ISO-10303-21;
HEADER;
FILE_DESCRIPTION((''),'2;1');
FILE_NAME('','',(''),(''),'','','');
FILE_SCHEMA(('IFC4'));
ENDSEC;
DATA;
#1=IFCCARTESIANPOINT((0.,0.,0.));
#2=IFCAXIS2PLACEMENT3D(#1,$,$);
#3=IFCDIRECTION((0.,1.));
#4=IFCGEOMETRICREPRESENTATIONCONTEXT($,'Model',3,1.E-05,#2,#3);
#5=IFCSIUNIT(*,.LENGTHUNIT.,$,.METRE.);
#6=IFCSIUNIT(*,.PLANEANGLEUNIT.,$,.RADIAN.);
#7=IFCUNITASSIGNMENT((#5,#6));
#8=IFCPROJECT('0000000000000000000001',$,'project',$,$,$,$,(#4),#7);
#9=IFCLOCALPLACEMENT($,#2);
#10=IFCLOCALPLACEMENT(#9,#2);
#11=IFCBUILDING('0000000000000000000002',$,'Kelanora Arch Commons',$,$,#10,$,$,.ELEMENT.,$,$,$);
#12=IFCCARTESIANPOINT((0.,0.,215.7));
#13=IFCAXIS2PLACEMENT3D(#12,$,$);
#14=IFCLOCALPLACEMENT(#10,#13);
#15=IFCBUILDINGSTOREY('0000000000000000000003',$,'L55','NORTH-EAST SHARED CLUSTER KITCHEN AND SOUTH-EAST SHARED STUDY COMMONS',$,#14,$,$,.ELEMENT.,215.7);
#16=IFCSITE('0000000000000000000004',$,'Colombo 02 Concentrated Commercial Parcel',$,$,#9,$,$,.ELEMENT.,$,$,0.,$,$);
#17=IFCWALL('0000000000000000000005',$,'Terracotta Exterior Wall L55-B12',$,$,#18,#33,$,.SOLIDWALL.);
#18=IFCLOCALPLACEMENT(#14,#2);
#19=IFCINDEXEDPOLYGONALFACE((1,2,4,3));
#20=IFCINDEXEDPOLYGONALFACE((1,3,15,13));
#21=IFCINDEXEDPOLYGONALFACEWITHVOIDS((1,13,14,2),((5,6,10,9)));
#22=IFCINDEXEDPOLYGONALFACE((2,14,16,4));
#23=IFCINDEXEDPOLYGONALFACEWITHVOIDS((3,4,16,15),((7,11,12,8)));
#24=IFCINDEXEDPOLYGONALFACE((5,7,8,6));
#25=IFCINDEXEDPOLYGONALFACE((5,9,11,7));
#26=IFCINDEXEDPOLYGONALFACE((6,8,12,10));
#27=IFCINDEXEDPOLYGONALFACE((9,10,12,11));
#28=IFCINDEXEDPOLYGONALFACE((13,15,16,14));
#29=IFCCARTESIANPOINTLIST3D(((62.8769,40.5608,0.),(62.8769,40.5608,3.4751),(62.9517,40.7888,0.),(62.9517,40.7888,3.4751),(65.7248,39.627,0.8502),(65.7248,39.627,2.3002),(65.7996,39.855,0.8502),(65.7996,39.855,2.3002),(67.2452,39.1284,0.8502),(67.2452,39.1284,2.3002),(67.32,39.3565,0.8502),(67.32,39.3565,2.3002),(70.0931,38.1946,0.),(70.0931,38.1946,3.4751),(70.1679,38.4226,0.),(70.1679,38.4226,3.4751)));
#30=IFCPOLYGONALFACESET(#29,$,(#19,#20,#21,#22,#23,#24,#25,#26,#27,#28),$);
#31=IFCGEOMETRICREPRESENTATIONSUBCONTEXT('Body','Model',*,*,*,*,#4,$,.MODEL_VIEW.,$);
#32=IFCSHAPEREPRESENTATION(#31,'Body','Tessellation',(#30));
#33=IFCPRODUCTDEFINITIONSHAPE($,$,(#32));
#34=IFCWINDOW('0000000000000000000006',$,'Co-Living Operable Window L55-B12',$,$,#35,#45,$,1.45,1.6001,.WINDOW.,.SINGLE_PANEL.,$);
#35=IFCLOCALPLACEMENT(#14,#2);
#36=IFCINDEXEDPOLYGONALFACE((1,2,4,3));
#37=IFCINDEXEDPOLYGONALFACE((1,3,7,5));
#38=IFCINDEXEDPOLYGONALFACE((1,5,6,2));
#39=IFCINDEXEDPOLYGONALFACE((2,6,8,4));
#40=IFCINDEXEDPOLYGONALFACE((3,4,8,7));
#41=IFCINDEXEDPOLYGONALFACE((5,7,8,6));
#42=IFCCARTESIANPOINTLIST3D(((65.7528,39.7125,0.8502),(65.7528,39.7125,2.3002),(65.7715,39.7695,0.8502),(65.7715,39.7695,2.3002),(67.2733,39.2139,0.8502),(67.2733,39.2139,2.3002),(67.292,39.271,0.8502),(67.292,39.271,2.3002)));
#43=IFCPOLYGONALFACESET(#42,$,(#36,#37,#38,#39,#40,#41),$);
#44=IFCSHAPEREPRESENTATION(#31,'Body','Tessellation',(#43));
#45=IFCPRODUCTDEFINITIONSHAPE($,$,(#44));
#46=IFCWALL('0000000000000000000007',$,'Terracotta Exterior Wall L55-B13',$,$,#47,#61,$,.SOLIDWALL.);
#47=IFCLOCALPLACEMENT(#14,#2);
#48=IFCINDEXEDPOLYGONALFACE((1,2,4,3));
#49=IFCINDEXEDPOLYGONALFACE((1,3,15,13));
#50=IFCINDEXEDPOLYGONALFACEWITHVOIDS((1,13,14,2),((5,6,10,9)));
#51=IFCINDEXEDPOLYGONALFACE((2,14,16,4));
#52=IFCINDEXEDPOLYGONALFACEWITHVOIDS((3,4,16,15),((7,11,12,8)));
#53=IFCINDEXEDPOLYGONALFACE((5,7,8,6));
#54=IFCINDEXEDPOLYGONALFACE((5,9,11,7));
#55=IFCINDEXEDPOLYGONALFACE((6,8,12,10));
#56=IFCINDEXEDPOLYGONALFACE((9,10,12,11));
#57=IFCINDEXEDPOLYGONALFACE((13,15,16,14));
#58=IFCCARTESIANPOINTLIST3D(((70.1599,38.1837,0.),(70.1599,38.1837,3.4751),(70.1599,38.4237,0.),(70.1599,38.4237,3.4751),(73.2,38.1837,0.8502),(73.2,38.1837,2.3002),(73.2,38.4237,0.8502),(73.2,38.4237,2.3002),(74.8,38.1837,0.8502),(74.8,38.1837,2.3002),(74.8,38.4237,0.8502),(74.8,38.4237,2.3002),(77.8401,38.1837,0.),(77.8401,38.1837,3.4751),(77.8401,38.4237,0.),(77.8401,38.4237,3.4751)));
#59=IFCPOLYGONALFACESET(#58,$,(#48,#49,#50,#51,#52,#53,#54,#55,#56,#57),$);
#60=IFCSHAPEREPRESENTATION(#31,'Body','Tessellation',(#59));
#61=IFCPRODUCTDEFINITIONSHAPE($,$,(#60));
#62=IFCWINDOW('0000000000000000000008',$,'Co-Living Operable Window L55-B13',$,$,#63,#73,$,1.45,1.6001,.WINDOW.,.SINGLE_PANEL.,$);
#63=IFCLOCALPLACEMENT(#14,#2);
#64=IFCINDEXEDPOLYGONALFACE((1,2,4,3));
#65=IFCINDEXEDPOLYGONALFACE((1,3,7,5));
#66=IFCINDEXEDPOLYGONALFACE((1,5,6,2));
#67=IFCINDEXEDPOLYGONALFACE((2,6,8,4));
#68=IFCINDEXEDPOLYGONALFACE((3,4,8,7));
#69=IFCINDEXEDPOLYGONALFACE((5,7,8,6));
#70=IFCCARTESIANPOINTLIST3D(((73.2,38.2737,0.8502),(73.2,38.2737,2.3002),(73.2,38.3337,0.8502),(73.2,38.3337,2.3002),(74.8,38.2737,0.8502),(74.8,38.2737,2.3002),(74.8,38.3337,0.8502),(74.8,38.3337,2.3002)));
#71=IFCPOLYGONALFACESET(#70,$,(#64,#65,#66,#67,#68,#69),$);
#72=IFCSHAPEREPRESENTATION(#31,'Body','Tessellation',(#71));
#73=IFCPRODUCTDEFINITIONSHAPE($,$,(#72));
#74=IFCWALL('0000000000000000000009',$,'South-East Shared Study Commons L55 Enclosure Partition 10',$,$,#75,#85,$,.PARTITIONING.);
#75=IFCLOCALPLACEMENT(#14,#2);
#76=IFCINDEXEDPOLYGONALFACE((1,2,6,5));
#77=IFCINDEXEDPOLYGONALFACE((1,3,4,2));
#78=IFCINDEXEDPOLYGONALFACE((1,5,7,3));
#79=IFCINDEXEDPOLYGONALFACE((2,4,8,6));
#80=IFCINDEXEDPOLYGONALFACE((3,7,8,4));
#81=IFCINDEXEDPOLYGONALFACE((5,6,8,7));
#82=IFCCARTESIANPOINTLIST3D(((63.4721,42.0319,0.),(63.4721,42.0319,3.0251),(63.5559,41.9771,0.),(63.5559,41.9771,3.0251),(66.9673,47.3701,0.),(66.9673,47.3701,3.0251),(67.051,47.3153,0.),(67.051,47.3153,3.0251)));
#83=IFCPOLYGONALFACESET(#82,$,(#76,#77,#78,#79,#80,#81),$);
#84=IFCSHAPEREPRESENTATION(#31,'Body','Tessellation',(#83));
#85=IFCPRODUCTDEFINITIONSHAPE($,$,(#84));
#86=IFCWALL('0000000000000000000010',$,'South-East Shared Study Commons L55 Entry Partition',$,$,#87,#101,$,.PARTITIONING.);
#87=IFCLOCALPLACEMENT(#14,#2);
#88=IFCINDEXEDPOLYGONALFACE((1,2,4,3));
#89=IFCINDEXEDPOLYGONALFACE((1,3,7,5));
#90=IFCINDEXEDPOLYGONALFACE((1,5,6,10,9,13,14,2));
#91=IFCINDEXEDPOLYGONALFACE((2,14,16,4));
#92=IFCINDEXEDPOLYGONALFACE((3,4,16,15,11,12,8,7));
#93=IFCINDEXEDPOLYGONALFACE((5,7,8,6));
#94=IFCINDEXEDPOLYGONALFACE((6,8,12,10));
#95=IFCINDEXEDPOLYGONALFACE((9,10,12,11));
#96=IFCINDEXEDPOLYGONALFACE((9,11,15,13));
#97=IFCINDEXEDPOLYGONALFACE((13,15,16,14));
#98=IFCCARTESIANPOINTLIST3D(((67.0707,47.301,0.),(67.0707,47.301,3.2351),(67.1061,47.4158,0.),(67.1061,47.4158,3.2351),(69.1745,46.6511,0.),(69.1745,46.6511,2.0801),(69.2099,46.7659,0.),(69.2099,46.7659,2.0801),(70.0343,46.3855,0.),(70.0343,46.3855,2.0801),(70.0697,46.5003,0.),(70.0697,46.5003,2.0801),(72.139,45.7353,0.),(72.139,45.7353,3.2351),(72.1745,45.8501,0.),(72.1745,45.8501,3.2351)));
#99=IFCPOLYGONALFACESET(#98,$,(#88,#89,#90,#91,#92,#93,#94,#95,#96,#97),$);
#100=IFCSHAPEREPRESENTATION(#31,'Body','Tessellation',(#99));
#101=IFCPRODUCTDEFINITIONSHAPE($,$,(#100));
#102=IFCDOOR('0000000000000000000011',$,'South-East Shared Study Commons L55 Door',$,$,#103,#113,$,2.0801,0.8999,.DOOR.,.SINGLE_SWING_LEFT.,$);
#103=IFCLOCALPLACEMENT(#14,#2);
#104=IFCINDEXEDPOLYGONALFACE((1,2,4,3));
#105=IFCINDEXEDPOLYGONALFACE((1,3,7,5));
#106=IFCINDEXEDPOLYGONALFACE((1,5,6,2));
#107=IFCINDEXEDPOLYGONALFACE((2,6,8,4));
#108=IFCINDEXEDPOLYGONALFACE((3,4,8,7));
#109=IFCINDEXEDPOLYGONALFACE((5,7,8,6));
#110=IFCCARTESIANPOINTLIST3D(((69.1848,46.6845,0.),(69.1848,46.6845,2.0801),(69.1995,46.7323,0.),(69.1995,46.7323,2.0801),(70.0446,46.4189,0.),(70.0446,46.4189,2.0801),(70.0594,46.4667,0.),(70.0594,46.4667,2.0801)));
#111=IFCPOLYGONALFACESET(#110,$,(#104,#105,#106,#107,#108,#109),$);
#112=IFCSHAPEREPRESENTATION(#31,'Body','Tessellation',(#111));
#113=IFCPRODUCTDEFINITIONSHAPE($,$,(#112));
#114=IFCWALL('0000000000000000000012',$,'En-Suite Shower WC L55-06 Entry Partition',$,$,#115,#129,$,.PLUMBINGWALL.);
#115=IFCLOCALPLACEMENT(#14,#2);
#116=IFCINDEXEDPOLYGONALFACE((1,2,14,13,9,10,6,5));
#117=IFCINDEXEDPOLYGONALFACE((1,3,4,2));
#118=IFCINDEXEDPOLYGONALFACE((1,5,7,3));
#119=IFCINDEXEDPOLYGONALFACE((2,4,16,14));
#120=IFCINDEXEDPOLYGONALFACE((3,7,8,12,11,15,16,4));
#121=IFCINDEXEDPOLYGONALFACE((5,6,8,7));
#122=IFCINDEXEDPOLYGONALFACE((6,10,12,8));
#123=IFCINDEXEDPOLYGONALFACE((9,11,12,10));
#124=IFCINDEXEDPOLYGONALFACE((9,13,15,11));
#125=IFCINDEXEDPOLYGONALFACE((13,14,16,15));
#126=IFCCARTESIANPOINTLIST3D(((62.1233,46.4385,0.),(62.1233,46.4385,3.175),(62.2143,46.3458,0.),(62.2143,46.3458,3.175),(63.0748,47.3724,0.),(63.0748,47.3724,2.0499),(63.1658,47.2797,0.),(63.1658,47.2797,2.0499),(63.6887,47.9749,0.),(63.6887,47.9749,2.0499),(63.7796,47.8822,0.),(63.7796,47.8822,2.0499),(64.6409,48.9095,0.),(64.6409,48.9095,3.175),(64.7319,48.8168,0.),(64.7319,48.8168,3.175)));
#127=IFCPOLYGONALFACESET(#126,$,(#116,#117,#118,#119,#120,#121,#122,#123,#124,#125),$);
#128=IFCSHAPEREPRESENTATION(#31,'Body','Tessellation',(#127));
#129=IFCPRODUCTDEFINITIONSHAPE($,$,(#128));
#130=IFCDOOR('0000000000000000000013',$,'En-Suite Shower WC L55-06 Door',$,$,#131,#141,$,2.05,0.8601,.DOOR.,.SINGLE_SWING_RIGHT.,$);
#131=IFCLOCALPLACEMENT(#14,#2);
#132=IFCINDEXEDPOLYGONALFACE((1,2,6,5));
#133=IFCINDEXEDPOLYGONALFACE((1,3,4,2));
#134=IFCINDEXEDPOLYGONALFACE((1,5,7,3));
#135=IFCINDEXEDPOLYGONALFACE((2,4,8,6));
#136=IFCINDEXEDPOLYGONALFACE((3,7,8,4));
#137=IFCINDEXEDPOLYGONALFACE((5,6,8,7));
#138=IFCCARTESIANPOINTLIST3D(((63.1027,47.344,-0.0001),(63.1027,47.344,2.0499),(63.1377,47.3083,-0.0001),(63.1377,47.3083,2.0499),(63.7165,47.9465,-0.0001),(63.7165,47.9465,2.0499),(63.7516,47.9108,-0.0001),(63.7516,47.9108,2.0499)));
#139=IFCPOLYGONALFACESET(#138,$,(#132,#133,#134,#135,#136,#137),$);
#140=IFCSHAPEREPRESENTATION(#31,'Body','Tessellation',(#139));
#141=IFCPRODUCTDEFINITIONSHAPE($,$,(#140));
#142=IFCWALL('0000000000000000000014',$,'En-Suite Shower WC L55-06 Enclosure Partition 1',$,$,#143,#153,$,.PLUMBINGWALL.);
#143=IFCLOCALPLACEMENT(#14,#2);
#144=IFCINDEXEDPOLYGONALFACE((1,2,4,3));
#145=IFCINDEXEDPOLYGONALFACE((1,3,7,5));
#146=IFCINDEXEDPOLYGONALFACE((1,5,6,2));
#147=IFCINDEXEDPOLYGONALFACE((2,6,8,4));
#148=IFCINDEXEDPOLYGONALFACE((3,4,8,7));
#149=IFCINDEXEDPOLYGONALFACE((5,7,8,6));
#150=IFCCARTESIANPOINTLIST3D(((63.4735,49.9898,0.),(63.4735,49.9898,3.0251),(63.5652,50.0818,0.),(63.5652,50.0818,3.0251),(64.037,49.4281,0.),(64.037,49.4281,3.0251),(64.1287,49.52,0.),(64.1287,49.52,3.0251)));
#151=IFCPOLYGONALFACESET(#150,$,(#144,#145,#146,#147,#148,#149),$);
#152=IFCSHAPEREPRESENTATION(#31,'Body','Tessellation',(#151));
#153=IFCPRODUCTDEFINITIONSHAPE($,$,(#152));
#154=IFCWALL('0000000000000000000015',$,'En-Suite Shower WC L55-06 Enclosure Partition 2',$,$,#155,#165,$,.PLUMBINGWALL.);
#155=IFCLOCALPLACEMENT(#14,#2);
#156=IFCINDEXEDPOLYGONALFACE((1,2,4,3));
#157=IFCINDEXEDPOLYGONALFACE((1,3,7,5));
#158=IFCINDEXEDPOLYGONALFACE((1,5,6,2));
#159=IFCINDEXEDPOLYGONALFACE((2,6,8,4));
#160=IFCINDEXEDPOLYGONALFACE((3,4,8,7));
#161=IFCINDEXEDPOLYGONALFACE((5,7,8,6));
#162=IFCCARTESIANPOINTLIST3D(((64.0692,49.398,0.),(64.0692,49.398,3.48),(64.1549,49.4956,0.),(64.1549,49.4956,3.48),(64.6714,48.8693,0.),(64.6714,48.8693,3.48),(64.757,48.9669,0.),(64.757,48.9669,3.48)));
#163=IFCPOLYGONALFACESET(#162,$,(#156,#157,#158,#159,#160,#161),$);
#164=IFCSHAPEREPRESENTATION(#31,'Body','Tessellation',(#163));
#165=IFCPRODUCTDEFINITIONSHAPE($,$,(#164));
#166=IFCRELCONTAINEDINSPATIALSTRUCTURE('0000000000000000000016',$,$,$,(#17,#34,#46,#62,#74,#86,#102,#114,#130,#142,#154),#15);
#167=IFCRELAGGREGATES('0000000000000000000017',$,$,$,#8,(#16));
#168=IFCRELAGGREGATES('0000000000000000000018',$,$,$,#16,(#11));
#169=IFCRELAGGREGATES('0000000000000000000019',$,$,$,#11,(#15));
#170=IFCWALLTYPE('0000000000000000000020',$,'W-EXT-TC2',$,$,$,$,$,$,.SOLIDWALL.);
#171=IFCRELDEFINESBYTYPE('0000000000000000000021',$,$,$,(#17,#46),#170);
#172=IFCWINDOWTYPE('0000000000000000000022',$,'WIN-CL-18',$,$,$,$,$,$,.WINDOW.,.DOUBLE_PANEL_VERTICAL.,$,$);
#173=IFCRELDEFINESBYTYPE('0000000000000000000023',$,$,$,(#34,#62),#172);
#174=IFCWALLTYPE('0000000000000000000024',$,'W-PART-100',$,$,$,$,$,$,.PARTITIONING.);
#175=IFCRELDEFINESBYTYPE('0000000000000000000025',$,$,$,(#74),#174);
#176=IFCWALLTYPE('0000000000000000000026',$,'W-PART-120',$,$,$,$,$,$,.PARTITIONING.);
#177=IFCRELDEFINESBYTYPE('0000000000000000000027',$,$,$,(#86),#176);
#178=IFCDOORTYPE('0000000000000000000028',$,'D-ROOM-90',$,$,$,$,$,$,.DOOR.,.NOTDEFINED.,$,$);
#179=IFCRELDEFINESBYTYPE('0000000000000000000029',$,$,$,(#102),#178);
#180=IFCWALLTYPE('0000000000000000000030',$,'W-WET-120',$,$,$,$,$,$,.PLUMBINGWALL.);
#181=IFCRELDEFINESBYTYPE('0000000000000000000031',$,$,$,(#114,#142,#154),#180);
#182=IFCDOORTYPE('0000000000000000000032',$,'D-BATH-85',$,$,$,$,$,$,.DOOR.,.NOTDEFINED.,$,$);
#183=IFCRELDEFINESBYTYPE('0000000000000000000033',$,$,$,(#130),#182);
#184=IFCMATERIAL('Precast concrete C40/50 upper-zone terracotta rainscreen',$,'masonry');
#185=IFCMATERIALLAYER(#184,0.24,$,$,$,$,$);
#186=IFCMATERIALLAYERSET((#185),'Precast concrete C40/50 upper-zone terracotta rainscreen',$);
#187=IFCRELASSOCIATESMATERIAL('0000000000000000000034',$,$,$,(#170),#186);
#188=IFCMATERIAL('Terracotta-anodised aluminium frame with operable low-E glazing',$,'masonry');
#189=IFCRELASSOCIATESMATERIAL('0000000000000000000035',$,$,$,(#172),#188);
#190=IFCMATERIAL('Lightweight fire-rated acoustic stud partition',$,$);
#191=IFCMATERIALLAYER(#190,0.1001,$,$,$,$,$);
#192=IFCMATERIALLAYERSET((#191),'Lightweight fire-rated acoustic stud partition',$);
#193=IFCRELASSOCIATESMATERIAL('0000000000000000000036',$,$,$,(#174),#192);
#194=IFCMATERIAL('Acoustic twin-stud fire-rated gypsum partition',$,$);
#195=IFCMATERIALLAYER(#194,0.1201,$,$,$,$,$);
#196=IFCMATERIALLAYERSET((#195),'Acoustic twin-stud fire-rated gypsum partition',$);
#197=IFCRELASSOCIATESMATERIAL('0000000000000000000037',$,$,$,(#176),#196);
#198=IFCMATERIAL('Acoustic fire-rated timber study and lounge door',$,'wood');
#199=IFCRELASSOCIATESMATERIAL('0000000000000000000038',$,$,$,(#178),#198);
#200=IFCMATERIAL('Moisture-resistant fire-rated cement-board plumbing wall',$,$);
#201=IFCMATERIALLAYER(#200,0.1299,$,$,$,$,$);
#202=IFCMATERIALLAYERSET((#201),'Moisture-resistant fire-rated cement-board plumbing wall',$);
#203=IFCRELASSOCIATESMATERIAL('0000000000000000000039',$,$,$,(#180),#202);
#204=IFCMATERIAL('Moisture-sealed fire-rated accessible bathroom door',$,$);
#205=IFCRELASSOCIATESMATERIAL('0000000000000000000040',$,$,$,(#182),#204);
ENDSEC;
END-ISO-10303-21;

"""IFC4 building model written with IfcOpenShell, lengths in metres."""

from ifc_helpers import new_model, si_unit, direction, frame, frame_2d, origin, place, context, subcontext, project, spatial, rectangle, extrude, material, layer, layer_set, type_object, element, fill, save


model = new_model("IFC4")

# Units and contexts
model_context = context("Model", 3, precision=1e-05, world=origin(), true_north=direction((0.0, 1.0)))
body_context = subcontext(model_context, "Body", "Model", "MODEL_VIEW")
ifc_project = project(units=[si_unit("LENGTHUNIT", "METRE"), si_unit("PLANEANGLEUNIT", "RADIAN")], contexts=[model_context])

# Site, building, storey
site_placement = place(None, origin())
site = spatial("IfcSite", under=ifc_project, at=site_placement, Name="Colombo 02 Concentrated Commercial Parcel", CompositionType="ELEMENT", RefElevation=0.0)
building_placement = place(site_placement, origin())
building = spatial("IfcBuilding", under=site, at=building_placement, Name="Kelanora Arch Commons", CompositionType="ELEMENT")
storey_placement = place(building_placement, frame((0.0, 0.0, 215.7)))
storey = spatial("IfcBuildingStorey", under=building, at=storey_placement, Name="L55", Description="NORTH-EAST SHARED CLUSTER KITCHEN AND SOUTH-EAST SHARED STUDY COMMONS", CompositionType="ELEMENT", Elevation=215.7)

# Walls, openings, windows
ifc_material_1 = material(Name="Precast concrete C40/50 upper-zone terracotta rainscreen", Category="masonry")
ifc_layer_1 = layer(ifc_material_1, 0.24)
ifc_layer_set_1 = layer_set([ifc_layer_1], Name="Precast concrete C40/50 upper-zone terracotta rainscreen")
wall_type_1 = type_object("IfcWallType", Name="W-EXT-TC2", PredefinedType="SOLIDWALL", material=ifc_layer_set_1)
wall_1_placement = place(storey_placement, frame((62.9143, 40.6748, 0.0), z_axis=(0.0, 0.0, 1.0), x_axis=(0.950221, -0.311575, 0.0)))
wall_1 = element("IfcWall", 1, at=wall_1_placement, inside=storey, type_object=wall_type_1, Name="Terracotta Exterior Wall L55-B12", PredefinedType="SOLIDWALL", context=body_context, shape_type="SweptSolid", body=[
    extrude(rectangle(XDim=7.5942, YDim=0.24, at=frame_2d((3.7971, 0.0))), origin(), (0.0, 0.0, 1.0), 3.4751),
])
opening_1_placement = place(wall_1_placement, frame((2.9971, 0.0, 0.8501)))
opening_1 = element("IfcOpeningElement", 2, at=opening_1_placement, cuts=wall_1, PredefinedType="OPENING", context=body_context, shape_type="SweptSolid", body=[
    extrude(rectangle(XDim=1.6001, YDim=1.45, at=frame_2d((0.8, 0.7251))), frame((0.0, 0.1299, 0.0), z_axis=(0.0, -1.0, 0.0), x_axis=(1.0, 0.0, 0.0)), (0.0, 0.0, 1.0), 0.26),
])
ifc_material_2 = material(Name="Terracotta-anodised aluminium frame with operable low-E glazing", Category="masonry")
window_type = type_object("IfcWindowType", Name="WIN-CL-18", PartitioningType="DOUBLE_PANEL_VERTICAL", PredefinedType="WINDOW", material=ifc_material_2)
window_1_placement = place(opening_1_placement, origin())
window_1 = element("IfcWindow", 3, at=window_1_placement, inside=storey, type_object=window_type, Name="Co-Living Operable Window L55-B12", OverallHeight=1.45, OverallWidth=1.6001, PartitioningType="SINGLE_PANEL", PredefinedType="WINDOW", context=body_context, shape_type="SweptSolid", body=[
    extrude(rectangle(XDim=1.6001, YDim=1.45, at=frame_2d((0.8, 0.7251))), frame((0.0, 0.03, 0.0), z_axis=(0.0, -1.0, 0.0), x_axis=(1.0, 0.0, 0.0)), (0.0, 0.0, 1.0), 0.0601),
])
fill(opening_1, window_1)
wall_2_placement = place(storey_placement, frame((70.1599, 38.3037, 0.0), z_axis=(0.0, 0.0, 1.0), x_axis=(1.0, 0.0, 0.0)))
wall_2 = element("IfcWall", 4, at=wall_2_placement, inside=storey, type_object=wall_type_1, Name="Terracotta Exterior Wall L55-B13", PredefinedType="SOLIDWALL", context=body_context, shape_type="SweptSolid", body=[
    extrude(rectangle(XDim=7.6802, YDim=0.24, at=frame_2d((3.8401, 0.0))), origin(), (0.0, 0.0, 1.0), 3.4751),
])
opening_2_placement = place(wall_2_placement, frame((3.04, 0.0, 0.8501)))
opening_2 = element("IfcOpeningElement", 5, at=opening_2_placement, cuts=wall_2, PredefinedType="OPENING", context=body_context, shape_type="SweptSolid", body=[
    extrude(rectangle(XDim=1.6001, YDim=1.45, at=frame_2d((0.8, 0.7251))), frame((0.0, 0.1299, 0.0), z_axis=(0.0, -1.0, 0.0), x_axis=(1.0, 0.0, 0.0)), (0.0, 0.0, 1.0), 0.26),
])
window_2_placement = place(opening_2_placement, origin())
window_2 = element("IfcWindow", 6, at=window_2_placement, inside=storey, type_object=window_type, Name="Co-Living Operable Window L55-B13", OverallHeight=1.45, OverallWidth=1.6001, PartitioningType="SINGLE_PANEL", PredefinedType="WINDOW", context=body_context, shape_type="SweptSolid", body=[
    extrude(rectangle(XDim=1.6001, YDim=1.45, at=frame_2d((0.8, 0.7251))), frame((0.0, 0.03, 0.0), z_axis=(0.0, -1.0, 0.0), x_axis=(1.0, 0.0, 0.0)), (0.0, 0.0, 1.0), 0.0601),
])
fill(opening_2, window_2)

# Wall
ifc_material_3 = material(Name="Lightweight fire-rated acoustic stud partition")
ifc_layer_2 = layer(ifc_material_3, 0.1001)
ifc_layer_set_2 = layer_set([ifc_layer_2], Name="Lightweight fire-rated acoustic stud partition")
wall_type_2 = type_object("IfcWallType", Name="W-PART-100", PredefinedType="PARTITIONING", material=ifc_layer_set_2)
wall_3_placement = place(storey_placement, frame((63.5139, 42.0044, 0.0), z_axis=(0.0, 0.0, 1.0), x_axis=(0.547776, 0.836625, 0.0)))
element("IfcWall", 7, at=wall_3_placement, inside=storey, type_object=wall_type_2, Name="South-East Shared Study Commons L55 Enclosure Partition 10", PredefinedType="PARTITIONING", context=body_context, shape_type="SweptSolid", body=[
    extrude(rectangle(XDim=6.3806, YDim=0.1001, at=frame_2d((3.1904, 0.0))), origin(), (0.0, 0.0, 1.0), 3.0251),
])

# Walls, openings, doors
ifc_material_4 = material(Name="Acoustic twin-stud fire-rated gypsum partition")
ifc_layer_3 = layer(ifc_material_4, 0.1201)
ifc_layer_set_3 = layer_set([ifc_layer_3], Name="Acoustic twin-stud fire-rated gypsum partition")
wall_type_3 = type_object("IfcWallType", Name="W-PART-120", PredefinedType="PARTITIONING", material=ifc_layer_set_3)
wall_4_placement = place(storey_placement, frame((67.0884, 47.3584, 0.0), z_axis=(0.0, 0.0, 1.0), x_axis=(0.955451, -0.29515, 0.0)))
wall_4 = element("IfcWall", 8, at=wall_4_placement, inside=storey, type_object=wall_type_3, Name="South-East Shared Study Commons L55 Entry Partition", PredefinedType="PARTITIONING", context=body_context, shape_type="SweptSolid", body=[
    extrude(rectangle(XDim=5.3047, YDim=0.1201, at=frame_2d((2.6523, 0.0))), origin(), (0.0, 0.0, 1.0), 3.2351),
])
opening_3_placement = place(wall_4_placement, frame((2.2019, 0.0, 0.0)))
opening_3 = element("IfcOpeningElement", 9, at=opening_3_placement, cuts=wall_4, PredefinedType="OPENING", context=body_context, shape_type="SweptSolid", body=[
    extrude(rectangle(XDim=0.8999, YDim=2.0801, at=frame_2d((0.45, 1.04))), frame((0.0, 0.0701, 0.0), z_axis=(0.0, -1.0, 0.0), x_axis=(1.0, 0.0, 0.0)), (0.0, 0.0, 1.0), 0.1401),
])
ifc_material_5 = material(Name="Acoustic fire-rated timber study and lounge door", Category="wood")
door_type_1 = type_object("IfcDoorType", Name="D-ROOM-90", OperationType="NOTDEFINED", PredefinedType="DOOR", material=ifc_material_5)
door_1_placement = place(opening_3_placement, origin())
door_1 = element("IfcDoor", 10, at=door_1_placement, inside=storey, type_object=door_type_1, Name="South-East Shared Study Commons L55 Door", OperationType="SINGLE_SWING_LEFT", OverallHeight=2.0801, OverallWidth=0.8999, PredefinedType="DOOR", context=body_context, shape_type="SweptSolid", body=[
    extrude(rectangle(XDim=0.8999, YDim=2.0801, at=frame_2d((0.45, 1.04))), frame((0.0, 0.0249, 0.0), z_axis=(0.0, -1.0, 0.0), x_axis=(1.0, 0.0, 0.0)), (0.0, 0.0, 1.0), 0.05),
])
fill(opening_3, door_1)
ifc_material_6 = material(Name="Moisture-resistant fire-rated cement-board plumbing wall")
ifc_layer_4 = layer(ifc_material_6, 0.1299)
ifc_layer_set_4 = layer_set([ifc_layer_4], Name="Moisture-resistant fire-rated cement-board plumbing wall")
wall_type_4 = type_object("IfcWallType", Name="W-WET-120", PredefinedType="PLUMBINGWALL", material=ifc_layer_set_4)
wall_5_placement = place(storey_placement, frame((64.6863, 48.863, 0.0), z_axis=(0.0, 0.0, 1.0), x_axis=(-0.713685, -0.700466, 0.0)))
wall_5 = element("IfcWall", 11, at=wall_5_placement, inside=storey, type_object=wall_type_4, Name="En-Suite Shower WC L55-06 Entry Partition", PredefinedType="PLUMBINGWALL", context=body_context, shape_type="SweptSolid", body=[
    extrude(rectangle(XDim=3.5276, YDim=0.1299, at=frame_2d((1.7637, 0.0))), origin(), (0.0, 0.0, 1.0), 3.175),
])
opening_4_placement = place(wall_5_placement, frame((1.334, 0.0, 0.0)))
opening_4 = element("IfcOpeningElement", 12, at=opening_4_placement, cuts=wall_5, PredefinedType="OPENING", context=body_context, shape_type="SweptSolid", body=[
    extrude(rectangle(XDim=0.8601, YDim=2.05, at=frame_2d((0.4302, 1.0249))), frame((0.0, 0.075, 0.0), z_axis=(0.0, -1.0, 0.0), x_axis=(1.0, 0.0, 0.0)), (0.0, 0.0, 1.0), 0.1499),
])
ifc_material_7 = material(Name="Moisture-sealed fire-rated accessible bathroom door")
door_type_2 = type_object("IfcDoorType", Name="D-BATH-85", OperationType="NOTDEFINED", PredefinedType="DOOR", material=ifc_material_7)
door_2_placement = place(opening_4_placement, origin())
door_2 = element("IfcDoor", 13, at=door_2_placement, inside=storey, type_object=door_type_2, Name="En-Suite Shower WC L55-06 Door", OperationType="SINGLE_SWING_RIGHT", OverallHeight=2.05, OverallWidth=0.8601, PredefinedType="DOOR", context=body_context, shape_type="SweptSolid", body=[
    extrude(rectangle(XDim=0.8601, YDim=2.05, at=frame_2d((0.4302, 1.0249))), frame((0.0, 0.0249, 0.0), z_axis=(0.0, -1.0, 0.0), x_axis=(1.0, 0.0, 0.0)), (0.0, 0.0, 1.0), 0.05),
])
fill(opening_4, door_2)

# Walls
wall_6_placement = place(storey_placement, frame((63.5193, 50.0359, 0.0), z_axis=(0.0, 0.0, 1.0), x_axis=(0.70818, -0.706032, 0.0)))
element("IfcWall", 14, at=wall_6_placement, inside=storey, type_object=wall_type_4, Name="En-Suite Shower WC L55-06 Enclosure Partition 1", PredefinedType="PLUMBINGWALL", context=body_context, shape_type="SweptSolid", body=[
    extrude(rectangle(XDim=0.7957, YDim=0.1299, at=frame_2d((0.3979, 0.0))), origin(), (0.0, 0.0, 1.0), 3.0251),
])
wall_7_placement = place(storey_placement, frame((64.1121, 49.4468, 0.0), z_axis=(0.0, 0.0, 1.0), x_axis=(0.751481, -0.659755, 0.0)))
element("IfcWall", 15, at=wall_7_placement, inside=storey, type_object=wall_type_4, Name="En-Suite Shower WC L55-06 Enclosure Partition 2", PredefinedType="PLUMBINGWALL", context=body_context, shape_type="SweptSolid", body=[
    extrude(rectangle(XDim=0.8013, YDim=0.1299, at=frame_2d((0.4006, 0.0))), origin(), (0.0, 0.0, 1.0), 3.48),
])

save(model, "model.ifc")
